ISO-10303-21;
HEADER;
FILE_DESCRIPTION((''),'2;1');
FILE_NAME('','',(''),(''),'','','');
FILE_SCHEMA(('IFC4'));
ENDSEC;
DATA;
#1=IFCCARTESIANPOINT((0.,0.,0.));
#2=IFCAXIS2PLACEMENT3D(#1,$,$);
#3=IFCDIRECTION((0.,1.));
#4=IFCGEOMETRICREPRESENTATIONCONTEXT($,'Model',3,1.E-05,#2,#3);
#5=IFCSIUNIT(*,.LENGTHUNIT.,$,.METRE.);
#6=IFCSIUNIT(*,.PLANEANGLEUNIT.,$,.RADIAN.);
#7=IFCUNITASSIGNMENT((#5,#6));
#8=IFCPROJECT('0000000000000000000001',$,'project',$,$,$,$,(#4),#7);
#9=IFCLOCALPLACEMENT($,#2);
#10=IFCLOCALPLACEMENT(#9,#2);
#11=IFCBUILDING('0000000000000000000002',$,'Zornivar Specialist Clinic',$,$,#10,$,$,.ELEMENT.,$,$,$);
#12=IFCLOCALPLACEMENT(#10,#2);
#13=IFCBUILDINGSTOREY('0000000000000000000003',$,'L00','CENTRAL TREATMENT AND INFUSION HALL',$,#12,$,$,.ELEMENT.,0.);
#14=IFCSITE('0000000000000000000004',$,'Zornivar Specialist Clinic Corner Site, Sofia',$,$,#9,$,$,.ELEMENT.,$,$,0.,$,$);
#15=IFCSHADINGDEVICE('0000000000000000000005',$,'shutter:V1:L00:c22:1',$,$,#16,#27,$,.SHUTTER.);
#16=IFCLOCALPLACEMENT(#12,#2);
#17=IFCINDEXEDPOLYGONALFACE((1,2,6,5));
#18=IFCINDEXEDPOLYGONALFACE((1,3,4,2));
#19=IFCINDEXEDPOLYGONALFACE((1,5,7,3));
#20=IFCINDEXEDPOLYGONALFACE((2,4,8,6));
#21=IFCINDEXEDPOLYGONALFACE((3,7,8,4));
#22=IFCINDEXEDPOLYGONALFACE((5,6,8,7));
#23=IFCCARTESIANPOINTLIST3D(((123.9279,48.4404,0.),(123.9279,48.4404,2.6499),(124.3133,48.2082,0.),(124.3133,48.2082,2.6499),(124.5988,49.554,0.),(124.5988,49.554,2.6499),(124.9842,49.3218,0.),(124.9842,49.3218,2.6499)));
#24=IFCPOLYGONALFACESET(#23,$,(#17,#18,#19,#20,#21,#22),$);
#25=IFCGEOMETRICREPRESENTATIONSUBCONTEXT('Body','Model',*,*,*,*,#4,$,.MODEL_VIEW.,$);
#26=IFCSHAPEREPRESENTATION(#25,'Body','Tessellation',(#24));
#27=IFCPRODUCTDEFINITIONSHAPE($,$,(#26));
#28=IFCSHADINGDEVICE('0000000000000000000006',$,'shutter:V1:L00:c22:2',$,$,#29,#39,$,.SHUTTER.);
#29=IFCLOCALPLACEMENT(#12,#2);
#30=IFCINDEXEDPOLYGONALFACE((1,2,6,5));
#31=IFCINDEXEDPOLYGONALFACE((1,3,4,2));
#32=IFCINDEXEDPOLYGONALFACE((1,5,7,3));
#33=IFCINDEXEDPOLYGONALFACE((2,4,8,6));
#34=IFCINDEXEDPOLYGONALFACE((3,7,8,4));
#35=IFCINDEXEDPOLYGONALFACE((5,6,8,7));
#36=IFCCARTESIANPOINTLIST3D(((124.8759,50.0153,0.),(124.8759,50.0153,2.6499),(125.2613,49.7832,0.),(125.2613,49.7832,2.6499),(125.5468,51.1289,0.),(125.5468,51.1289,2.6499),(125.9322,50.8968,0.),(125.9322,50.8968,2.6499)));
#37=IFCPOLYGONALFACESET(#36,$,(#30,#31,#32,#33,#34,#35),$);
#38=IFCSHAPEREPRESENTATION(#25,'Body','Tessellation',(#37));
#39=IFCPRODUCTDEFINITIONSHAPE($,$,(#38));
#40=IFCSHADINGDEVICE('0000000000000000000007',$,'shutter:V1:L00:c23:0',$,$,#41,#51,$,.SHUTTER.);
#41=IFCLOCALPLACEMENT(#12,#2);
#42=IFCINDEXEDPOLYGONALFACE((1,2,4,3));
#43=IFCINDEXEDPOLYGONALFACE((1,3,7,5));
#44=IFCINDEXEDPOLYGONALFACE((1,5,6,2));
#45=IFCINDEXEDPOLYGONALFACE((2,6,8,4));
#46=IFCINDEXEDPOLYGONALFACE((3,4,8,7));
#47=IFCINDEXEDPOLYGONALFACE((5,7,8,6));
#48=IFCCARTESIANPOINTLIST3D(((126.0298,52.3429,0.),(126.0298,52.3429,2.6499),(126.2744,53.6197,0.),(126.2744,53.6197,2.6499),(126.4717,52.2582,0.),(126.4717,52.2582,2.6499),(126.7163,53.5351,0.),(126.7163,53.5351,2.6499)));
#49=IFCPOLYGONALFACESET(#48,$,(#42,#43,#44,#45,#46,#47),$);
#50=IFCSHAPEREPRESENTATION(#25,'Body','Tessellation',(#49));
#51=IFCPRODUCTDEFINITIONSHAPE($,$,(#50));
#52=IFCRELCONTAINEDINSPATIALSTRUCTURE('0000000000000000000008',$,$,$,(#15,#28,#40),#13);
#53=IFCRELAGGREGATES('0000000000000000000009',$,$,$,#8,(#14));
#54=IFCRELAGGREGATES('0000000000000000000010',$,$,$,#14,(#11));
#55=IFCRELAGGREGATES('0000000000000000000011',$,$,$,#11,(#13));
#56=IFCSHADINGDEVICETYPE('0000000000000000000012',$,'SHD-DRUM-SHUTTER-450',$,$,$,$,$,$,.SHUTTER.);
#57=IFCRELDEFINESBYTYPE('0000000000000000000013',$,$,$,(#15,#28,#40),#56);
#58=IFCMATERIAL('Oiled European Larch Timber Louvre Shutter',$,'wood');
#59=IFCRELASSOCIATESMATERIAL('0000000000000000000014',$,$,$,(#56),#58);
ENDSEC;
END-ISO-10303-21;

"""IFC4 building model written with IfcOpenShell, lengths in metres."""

from ifc_helpers import new_model, si_unit, direction, frame, origin, origin_2d, place, context, subcontext, project, spatial, rectangle, extrude, material, type_object, element, save


model = new_model("IFC4")

# Units and contexts
model_context = context("Model", 3, precision=1e-05, world=origin(), true_north=direction((0.0, 1.0)))
body_context = subcontext(model_context, "Body", "Model", "MODEL_VIEW")
ifc_project = project(units=[si_unit("LENGTHUNIT", "METRE"), si_unit("PLANEANGLEUNIT", "RADIAN")], contexts=[model_context])

# Site, building, storey
site_placement = place(None, origin())
site = spatial("IfcSite", under=ifc_project, at=site_placement, Name="Zornivar Specialist Clinic Corner Site, Sofia", CompositionType="ELEMENT", RefElevation=0.0)
building_placement = place(site_placement, origin())
building = spatial("IfcBuilding", under=site, at=building_placement, Name="Zornivar Specialist Clinic", CompositionType="ELEMENT")
storey_placement = place(building_placement, origin())
storey = spatial("IfcBuildingStorey", under=building, at=storey_placement, Name="L00", Description="CENTRAL TREATMENT AND INFUSION HALL", CompositionType="ELEMENT", Elevation=0.0)

# Shading devices
ifc_material_1 = material(Name="Oiled European Larch Timber Louvre Shutter", Category="wood")
shading_device_type = type_object("IfcShadingDeviceType", Name="SHD-DRUM-SHUTTER-450", PredefinedType="SHUTTER", material=ifc_material_1)
for number, where, z_axis, x_axis, name in (
    (1, (124.4561, 48.8811, 0.0), (0.0, 0.0, 1.0), (0.516018, 0.856578, 0.0), "shutter:V1:L00:c22:1"),
    (2, (125.4041, 50.4561, 0.0), (0.0, 0.0, 1.0), (0.516018, 0.856578, 0.0), "shutter:V1:L00:c22:2"),
    (3, (126.373, 52.939, 0.0), (0.0, 0.0, 1.0), (0.188099, 0.98215, 0.0), "shutter:V1:L00:c23:0"),
):
    element("IfcShadingDevice", number, at=place(storey_placement, frame(where, z_axis=z_axis, x_axis=x_axis)), inside=storey, type_object=shading_device_type, Name=name, PredefinedType="SHUTTER", context=body_context, shape_type="SweptSolid", body=[
        extrude(rectangle(XDim=1.3, YDim=0.45, at=origin_2d()), origin(), (0.0, 0.0, 1.0), 2.6499),
    ])

save(model, "model.ifc")
